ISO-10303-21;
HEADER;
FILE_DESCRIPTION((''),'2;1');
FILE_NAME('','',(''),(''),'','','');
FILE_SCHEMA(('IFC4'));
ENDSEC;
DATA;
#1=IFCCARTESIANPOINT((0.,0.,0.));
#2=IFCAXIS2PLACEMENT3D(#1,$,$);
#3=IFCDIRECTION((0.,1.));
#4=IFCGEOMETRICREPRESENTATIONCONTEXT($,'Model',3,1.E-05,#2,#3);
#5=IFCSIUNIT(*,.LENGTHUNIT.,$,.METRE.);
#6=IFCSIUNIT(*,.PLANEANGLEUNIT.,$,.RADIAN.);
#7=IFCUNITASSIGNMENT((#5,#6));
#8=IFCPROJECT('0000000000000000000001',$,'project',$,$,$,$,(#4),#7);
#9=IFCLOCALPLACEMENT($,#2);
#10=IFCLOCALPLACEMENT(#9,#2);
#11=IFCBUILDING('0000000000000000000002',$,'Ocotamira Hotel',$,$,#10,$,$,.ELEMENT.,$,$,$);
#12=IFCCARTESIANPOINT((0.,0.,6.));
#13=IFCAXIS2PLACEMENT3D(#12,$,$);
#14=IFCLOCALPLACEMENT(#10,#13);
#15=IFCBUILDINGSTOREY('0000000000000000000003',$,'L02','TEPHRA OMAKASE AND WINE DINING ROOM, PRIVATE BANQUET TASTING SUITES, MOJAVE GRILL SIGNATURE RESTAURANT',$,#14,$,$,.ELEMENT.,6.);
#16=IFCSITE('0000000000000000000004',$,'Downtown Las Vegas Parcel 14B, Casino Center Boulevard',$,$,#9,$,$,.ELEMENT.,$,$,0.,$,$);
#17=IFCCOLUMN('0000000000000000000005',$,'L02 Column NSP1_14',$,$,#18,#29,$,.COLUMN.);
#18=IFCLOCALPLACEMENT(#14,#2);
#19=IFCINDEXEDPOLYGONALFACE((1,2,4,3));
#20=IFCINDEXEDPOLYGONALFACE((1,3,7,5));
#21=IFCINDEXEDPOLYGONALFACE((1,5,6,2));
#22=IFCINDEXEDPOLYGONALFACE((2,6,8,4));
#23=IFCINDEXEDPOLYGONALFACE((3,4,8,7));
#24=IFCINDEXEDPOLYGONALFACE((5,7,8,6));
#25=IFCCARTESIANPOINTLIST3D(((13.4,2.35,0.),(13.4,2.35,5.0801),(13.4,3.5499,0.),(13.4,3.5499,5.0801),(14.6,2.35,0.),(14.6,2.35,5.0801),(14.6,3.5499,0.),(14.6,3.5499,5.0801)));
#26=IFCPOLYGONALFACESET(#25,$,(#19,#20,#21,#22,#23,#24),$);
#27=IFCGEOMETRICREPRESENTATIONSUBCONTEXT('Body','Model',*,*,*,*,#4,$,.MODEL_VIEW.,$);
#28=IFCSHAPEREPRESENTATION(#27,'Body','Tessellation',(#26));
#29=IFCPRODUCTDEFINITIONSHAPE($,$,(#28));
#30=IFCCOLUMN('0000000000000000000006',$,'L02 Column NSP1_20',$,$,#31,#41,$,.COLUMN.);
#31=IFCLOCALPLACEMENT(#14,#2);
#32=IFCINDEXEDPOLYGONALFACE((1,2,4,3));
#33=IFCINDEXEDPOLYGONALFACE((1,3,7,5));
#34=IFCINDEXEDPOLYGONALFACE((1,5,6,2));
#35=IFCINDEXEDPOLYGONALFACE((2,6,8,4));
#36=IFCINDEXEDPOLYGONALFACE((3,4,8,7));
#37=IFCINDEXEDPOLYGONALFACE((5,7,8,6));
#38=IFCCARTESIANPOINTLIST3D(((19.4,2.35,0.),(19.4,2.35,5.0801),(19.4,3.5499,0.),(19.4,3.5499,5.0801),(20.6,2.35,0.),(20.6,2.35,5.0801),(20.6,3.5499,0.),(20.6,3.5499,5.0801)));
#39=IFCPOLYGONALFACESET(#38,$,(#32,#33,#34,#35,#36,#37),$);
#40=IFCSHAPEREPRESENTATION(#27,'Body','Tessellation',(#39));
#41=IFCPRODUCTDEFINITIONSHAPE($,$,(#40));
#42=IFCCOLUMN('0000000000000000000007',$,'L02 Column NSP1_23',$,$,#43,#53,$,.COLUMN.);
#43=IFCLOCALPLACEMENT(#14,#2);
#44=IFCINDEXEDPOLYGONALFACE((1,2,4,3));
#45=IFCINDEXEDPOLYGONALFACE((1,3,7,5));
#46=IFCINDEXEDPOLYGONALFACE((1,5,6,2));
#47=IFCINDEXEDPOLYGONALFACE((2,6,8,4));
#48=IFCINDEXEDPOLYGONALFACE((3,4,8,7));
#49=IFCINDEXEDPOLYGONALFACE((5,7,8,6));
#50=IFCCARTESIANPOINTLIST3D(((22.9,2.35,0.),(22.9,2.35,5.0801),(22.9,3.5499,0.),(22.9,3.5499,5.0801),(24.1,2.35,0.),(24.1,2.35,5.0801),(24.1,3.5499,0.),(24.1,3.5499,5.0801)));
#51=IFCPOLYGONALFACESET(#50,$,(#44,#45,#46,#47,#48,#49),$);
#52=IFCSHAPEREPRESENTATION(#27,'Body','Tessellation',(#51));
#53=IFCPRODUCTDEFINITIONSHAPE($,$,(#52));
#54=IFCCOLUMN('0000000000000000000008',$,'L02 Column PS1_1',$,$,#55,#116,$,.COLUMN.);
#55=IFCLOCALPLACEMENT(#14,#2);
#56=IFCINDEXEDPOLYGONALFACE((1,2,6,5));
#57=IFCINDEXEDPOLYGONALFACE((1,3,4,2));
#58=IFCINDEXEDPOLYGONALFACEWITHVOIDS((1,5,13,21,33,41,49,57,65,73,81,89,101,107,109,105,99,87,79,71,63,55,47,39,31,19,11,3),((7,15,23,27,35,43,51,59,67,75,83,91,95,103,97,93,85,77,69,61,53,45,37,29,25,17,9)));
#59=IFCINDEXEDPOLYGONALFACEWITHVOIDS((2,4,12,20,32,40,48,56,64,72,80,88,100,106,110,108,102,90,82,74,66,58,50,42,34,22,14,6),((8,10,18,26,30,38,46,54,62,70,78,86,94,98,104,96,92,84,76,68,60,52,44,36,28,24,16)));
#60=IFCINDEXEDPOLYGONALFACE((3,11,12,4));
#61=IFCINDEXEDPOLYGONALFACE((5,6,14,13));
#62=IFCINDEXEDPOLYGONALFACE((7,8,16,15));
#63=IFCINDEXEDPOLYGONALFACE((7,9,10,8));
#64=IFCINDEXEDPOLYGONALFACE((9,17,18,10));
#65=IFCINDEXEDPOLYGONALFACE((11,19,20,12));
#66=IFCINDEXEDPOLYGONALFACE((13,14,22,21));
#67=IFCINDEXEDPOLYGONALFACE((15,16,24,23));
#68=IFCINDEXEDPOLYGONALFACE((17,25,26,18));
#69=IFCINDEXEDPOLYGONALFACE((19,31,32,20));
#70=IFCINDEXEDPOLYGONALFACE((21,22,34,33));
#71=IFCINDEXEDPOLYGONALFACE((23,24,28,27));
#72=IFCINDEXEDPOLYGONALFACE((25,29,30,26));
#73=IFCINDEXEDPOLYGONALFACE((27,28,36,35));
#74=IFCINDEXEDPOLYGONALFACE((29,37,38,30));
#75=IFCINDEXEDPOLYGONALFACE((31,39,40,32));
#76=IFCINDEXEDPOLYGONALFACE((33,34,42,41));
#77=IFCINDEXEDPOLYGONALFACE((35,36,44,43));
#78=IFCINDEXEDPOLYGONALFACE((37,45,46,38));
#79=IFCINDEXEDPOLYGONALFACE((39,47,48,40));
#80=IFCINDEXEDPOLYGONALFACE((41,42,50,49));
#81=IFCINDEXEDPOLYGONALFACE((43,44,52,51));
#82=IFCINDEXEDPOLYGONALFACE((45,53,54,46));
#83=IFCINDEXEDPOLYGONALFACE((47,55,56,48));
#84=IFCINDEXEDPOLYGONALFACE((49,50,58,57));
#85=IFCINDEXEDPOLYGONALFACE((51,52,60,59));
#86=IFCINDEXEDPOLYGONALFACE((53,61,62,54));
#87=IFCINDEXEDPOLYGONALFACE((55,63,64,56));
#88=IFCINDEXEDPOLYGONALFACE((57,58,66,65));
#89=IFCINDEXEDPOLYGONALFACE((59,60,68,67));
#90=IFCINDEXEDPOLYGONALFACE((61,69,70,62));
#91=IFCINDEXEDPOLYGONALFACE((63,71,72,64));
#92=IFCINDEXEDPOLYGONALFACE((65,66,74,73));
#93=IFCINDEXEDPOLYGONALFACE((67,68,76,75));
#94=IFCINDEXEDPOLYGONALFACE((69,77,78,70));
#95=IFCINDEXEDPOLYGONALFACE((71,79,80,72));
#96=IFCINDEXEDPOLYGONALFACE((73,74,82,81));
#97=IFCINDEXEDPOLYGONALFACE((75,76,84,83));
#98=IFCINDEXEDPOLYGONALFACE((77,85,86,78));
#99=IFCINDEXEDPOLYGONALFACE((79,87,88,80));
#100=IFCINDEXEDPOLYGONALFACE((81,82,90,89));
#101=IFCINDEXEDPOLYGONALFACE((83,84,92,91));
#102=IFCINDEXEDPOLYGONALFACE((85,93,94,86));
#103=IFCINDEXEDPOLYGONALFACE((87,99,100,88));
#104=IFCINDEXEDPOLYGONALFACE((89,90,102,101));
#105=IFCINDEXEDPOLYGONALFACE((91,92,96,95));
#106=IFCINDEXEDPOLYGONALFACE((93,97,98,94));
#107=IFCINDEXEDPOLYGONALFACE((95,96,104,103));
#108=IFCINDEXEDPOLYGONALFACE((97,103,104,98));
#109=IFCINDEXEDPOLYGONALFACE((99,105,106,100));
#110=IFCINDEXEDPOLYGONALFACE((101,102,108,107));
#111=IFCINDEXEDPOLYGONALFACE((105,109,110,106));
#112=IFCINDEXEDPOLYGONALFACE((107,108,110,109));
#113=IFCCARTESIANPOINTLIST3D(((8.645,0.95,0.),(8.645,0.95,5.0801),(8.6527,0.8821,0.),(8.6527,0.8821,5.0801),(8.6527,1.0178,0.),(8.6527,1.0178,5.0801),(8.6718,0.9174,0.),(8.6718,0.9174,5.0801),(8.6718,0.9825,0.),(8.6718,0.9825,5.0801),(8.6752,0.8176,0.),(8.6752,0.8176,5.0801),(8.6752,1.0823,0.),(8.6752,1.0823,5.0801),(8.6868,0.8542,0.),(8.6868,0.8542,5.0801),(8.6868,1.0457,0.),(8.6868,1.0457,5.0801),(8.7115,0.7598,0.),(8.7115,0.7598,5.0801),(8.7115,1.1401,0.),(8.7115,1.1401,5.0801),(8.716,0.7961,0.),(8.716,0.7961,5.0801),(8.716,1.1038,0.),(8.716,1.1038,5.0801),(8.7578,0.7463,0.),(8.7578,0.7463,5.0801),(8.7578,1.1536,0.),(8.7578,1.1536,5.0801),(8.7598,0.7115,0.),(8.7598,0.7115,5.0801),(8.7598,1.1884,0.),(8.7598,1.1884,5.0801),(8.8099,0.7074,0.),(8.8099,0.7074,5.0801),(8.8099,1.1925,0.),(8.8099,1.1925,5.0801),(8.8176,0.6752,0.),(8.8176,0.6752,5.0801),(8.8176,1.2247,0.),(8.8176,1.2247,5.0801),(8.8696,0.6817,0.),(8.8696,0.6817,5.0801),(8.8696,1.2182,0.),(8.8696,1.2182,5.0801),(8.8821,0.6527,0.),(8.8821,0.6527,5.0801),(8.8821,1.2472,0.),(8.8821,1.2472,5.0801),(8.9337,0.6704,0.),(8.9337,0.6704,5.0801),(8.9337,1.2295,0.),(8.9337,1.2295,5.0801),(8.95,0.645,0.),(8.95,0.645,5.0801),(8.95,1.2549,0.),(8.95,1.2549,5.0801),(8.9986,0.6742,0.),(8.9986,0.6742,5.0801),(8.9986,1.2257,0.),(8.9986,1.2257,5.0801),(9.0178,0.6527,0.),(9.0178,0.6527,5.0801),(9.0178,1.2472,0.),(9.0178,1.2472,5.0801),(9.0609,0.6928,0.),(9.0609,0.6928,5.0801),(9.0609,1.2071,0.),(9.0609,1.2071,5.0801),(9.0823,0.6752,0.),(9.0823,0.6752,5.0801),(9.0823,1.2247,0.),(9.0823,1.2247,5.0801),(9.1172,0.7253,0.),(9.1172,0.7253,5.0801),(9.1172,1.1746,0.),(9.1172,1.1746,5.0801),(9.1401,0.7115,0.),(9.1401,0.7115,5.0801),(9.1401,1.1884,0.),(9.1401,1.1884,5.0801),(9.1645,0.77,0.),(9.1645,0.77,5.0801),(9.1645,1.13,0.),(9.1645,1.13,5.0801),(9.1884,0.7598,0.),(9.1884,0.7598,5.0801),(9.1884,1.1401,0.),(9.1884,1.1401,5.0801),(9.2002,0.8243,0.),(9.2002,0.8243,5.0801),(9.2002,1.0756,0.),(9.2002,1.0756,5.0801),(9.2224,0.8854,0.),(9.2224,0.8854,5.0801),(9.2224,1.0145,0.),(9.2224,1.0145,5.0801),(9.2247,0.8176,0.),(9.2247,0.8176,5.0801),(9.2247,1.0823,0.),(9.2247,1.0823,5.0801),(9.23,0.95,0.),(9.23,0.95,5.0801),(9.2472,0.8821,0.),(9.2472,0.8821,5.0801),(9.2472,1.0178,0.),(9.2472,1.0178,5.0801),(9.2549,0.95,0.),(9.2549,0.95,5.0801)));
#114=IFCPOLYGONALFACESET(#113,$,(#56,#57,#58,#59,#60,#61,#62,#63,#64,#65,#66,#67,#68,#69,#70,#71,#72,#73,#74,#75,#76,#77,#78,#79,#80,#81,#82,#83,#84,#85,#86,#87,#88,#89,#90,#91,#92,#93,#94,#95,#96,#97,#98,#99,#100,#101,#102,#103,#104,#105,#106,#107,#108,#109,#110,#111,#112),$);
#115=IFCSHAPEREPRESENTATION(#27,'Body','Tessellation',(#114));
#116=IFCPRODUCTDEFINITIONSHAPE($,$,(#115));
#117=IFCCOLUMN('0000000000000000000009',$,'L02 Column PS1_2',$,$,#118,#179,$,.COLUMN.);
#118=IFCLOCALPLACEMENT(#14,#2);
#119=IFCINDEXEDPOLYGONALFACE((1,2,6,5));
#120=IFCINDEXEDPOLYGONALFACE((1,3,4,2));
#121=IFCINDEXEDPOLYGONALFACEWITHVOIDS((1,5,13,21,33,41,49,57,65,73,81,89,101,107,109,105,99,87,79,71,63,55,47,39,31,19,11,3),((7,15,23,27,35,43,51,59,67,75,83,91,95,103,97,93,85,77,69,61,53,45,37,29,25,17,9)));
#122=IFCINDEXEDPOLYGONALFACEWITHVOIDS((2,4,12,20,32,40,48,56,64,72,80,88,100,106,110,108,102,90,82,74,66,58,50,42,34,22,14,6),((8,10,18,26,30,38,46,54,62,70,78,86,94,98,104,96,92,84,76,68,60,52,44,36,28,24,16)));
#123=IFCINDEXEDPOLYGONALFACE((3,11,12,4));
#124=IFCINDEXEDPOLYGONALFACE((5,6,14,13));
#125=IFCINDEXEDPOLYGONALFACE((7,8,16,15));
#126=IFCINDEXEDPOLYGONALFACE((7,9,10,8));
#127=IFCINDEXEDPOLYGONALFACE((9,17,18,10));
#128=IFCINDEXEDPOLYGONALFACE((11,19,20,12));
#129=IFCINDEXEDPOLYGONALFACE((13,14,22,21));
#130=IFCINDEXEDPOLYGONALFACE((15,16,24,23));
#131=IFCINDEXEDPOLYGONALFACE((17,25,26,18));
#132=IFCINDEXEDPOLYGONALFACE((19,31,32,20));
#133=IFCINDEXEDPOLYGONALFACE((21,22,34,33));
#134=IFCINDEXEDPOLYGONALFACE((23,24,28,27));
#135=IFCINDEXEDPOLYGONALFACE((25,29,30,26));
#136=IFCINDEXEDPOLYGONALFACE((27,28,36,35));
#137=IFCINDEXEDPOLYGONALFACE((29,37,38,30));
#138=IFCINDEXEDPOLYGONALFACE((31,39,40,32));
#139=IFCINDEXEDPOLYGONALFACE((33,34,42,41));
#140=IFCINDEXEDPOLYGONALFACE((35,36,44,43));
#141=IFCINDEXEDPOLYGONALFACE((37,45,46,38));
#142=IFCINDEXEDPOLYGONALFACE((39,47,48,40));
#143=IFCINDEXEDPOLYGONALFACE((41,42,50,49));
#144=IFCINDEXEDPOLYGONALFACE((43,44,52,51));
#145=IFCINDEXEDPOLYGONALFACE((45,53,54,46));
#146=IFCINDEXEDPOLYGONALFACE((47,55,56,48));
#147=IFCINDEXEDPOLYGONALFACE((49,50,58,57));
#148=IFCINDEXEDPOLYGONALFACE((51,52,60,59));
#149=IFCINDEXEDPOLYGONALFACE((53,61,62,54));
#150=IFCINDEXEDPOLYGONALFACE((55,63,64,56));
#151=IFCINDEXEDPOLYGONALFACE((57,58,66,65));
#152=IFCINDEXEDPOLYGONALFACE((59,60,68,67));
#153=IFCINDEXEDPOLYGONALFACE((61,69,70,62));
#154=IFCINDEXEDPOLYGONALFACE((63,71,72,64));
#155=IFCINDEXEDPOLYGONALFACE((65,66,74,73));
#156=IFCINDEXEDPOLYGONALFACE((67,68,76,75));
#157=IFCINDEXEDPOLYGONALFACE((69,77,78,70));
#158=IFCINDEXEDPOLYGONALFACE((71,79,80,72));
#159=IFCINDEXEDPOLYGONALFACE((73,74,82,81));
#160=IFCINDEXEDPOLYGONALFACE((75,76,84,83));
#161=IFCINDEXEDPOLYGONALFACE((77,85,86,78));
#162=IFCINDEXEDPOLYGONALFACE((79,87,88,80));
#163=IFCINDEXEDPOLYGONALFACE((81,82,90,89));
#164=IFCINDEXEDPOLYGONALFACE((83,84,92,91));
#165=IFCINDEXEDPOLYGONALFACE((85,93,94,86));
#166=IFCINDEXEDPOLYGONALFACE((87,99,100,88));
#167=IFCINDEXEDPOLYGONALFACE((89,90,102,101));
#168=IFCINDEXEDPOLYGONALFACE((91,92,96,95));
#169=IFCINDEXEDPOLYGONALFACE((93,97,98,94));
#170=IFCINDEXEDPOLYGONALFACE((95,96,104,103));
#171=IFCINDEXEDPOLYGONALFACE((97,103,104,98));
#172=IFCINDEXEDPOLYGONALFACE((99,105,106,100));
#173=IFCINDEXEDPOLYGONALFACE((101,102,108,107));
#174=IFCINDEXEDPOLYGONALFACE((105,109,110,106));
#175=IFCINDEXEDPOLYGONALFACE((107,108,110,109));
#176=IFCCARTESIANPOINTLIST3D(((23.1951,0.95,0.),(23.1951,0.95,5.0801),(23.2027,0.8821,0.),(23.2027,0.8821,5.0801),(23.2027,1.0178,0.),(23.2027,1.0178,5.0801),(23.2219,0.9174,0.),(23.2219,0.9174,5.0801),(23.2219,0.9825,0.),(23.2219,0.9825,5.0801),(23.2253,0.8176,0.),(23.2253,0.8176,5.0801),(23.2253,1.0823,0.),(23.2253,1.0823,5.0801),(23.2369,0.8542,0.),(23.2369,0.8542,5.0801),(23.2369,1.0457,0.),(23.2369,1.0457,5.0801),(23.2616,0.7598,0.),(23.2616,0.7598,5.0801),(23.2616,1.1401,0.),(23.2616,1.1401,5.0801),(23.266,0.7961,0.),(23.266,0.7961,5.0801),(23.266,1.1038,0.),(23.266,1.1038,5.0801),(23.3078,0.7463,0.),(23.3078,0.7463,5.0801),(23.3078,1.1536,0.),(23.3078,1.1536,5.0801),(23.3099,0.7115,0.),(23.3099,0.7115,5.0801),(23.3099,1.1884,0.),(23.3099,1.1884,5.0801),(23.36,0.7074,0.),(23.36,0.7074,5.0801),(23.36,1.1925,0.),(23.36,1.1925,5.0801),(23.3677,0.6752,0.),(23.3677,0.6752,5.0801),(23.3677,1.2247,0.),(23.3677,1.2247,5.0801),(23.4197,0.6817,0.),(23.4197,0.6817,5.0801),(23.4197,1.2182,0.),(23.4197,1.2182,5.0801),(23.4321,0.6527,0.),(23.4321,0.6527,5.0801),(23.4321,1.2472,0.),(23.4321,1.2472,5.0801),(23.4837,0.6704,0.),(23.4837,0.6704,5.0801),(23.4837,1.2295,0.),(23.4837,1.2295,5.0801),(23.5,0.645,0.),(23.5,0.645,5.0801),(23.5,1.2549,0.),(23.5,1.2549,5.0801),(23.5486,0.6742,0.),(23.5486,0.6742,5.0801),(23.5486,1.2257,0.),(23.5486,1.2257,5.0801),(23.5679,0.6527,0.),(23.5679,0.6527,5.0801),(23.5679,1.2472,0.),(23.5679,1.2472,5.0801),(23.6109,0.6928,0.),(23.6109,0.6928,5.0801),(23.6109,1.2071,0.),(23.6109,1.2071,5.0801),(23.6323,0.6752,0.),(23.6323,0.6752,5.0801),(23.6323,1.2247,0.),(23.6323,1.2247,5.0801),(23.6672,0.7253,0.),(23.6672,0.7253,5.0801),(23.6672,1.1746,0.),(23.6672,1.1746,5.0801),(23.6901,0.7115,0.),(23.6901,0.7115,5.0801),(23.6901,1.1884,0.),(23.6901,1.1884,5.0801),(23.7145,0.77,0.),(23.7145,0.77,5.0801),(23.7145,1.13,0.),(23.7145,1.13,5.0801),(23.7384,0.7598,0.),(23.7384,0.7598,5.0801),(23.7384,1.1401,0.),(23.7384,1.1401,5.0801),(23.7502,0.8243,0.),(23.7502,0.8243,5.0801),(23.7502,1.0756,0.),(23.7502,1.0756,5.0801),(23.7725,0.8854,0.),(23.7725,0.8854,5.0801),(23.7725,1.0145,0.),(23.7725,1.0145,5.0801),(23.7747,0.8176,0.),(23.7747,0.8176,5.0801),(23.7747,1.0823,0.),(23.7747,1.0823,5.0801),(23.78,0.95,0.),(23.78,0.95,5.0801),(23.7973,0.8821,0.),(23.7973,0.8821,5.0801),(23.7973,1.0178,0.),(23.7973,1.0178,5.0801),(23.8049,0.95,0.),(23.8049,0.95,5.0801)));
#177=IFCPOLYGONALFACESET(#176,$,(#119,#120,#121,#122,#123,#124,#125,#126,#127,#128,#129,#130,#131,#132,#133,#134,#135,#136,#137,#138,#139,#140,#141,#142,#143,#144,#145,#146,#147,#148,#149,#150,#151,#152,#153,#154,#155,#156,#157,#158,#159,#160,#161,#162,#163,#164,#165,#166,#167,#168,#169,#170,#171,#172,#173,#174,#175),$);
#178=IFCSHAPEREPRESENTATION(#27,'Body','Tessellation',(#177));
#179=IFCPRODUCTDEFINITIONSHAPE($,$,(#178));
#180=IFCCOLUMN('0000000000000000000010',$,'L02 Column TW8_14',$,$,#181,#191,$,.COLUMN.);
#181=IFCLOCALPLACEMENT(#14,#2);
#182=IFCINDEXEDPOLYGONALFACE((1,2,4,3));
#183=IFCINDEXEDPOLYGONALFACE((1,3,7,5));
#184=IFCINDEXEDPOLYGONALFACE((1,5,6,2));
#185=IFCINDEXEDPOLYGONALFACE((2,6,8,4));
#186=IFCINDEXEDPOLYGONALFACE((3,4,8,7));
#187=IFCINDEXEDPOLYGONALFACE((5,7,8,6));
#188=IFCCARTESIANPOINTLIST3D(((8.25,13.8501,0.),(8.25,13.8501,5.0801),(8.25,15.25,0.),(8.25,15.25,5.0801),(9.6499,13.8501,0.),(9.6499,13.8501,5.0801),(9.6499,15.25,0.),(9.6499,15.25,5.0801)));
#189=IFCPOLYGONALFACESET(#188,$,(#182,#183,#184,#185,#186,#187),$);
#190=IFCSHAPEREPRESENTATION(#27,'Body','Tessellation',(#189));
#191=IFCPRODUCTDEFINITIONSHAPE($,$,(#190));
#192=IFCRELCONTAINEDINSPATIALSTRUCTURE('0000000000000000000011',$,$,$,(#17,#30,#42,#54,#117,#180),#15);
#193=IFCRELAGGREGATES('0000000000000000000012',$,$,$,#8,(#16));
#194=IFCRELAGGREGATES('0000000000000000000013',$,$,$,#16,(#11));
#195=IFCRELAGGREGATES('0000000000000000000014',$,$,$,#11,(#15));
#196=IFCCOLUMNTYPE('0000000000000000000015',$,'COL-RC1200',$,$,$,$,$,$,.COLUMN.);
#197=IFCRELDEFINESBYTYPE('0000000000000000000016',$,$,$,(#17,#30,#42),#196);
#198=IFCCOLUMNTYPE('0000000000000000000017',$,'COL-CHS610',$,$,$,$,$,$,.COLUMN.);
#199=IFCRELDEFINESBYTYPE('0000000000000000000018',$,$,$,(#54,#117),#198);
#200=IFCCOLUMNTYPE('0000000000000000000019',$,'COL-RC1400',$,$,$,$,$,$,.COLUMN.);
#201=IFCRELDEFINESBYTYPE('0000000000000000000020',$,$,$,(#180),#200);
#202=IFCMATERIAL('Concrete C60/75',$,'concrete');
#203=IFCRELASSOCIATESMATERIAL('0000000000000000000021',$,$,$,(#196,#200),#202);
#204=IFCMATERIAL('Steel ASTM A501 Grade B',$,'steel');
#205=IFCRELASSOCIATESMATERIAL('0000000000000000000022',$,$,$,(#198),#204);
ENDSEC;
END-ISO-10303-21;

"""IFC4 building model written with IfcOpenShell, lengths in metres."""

from ifc_helpers import new_model, si_unit, direction, frame, origin, origin_2d, place, context, subcontext, project, spatial, rectangle, hollow_circle, extrude, source, transform, mapped, material, material_profile, profile_set, type_object, element, save


model = new_model("IFC4")

# Units and contexts
model_context = context("Model", 3, precision=1e-05, world=origin(), true_north=direction((0.0, 1.0)))
body_context = subcontext(model_context, "Body", "Model", "MODEL_VIEW")
ifc_project = project(units=[si_unit("LENGTHUNIT", "METRE"), si_unit("PLANEANGLEUNIT", "RADIAN")], contexts=[model_context])

# Site, building, storey
site_placement = place(None, origin())
site = spatial("IfcSite", under=ifc_project, at=site_placement, Name="Downtown Las Vegas Parcel 14B, Casino Center Boulevard", CompositionType="ELEMENT", RefElevation=0.0)
building_placement = place(site_placement, origin())
building = spatial("IfcBuilding", under=site, at=building_placement, Name="Ocotamira Hotel", CompositionType="ELEMENT")
storey_placement = place(building_placement, frame((0.0, 0.0, 6.0)))
storey = spatial("IfcBuildingStorey", under=building, at=storey_placement, Name="L02", Description="TEPHRA OMAKASE AND WINE DINING ROOM, PRIVATE BANQUET TASTING SUITES, MOJAVE GRILL SIGNATURE RESTAURANT", CompositionType="ELEMENT", Elevation=6.0)

# Columns
ifc_material_1 = material(Name="Concrete C60/75", Category="concrete")
ifc_material_profile_1 = material_profile(ifc_material_1, rectangle(XDim=1.2, YDim=1.2, at=origin_2d()), Name="RC1200X1200")
ifc_profile_set_1 = profile_set([ifc_material_profile_1], Name="Concrete C60/75")
column_type_1 = type_object("IfcColumnType", Name="COL-RC1200", PredefinedType="COLUMN", material=ifc_profile_set_1)
shared_shape_1 = source(origin(), body_context, "Body", "SweptSolid", [
    extrude(rectangle(XDim=1.2, YDim=1.2, at=origin_2d()), origin(), (0.0, 0.0, 1.0), 5.0801),
])
for number, where, z_axis, x_axis, name in (
    (1, (14.0, 2.95, 0.0), (0.0, 0.0, 1.0), (1.0, 0.0, 0.0), "L02 Column NSP1_14"),
    (2, (20.0, 2.95, 0.0), (0.0, 0.0, 1.0), (1.0, 0.0, 0.0), "L02 Column NSP1_20"),
    (3, (23.5, 2.95, 0.0), (0.0, 0.0, 1.0), (1.0, 0.0, 0.0), "L02 Column NSP1_23"),
):
    element("IfcColumn", number, at=place(storey_placement, frame(where, z_axis=z_axis, x_axis=x_axis)), inside=storey, type_object=column_type_1, Name=name, PredefinedType="COLUMN", context=body_context, shape_type="MappedRepresentation", body=[
        mapped(shared_shape_1, transform((0.0, 0.0, 0.0), scale=1.0)),
    ])
ifc_material_2 = material(Name="Steel ASTM A501 Grade B", Category="steel")
ifc_material_profile_2 = material_profile(ifc_material_2, hollow_circle(Radius=0.3049, WallThickness=0.0249, at=origin_2d()), Name="CHS610X25")
ifc_profile_set_2 = profile_set([ifc_material_profile_2], Name="Steel ASTM A501 Grade B")
column_type_2 = type_object("IfcColumnType", Name="COL-CHS610", PredefinedType="COLUMN", material=ifc_profile_set_2)
shared_shape_2 = source(origin(), body_context, "Body", "SweptSolid", [
    extrude(hollow_circle(Radius=0.3049, WallThickness=0.0249, at=origin_2d()), origin(), (0.0, 0.0, 1.0), 5.0801),
])
for number, where, z_axis, x_axis, name in (
    (4, (8.95, 0.95, 0.0), (0.0, 0.0, 1.0), (1.0, 0.0, 0.0), "L02 Column PS1_1"),
    (5, (23.5, 0.95, 0.0), (0.0, 0.0, 1.0), (1.0, 0.0, 0.0), "L02 Column PS1_2"),
):
    element("IfcColumn", number, at=place(storey_placement, frame(where, z_axis=z_axis, x_axis=x_axis)), inside=storey, type_object=column_type_2, Name=name, PredefinedType="COLUMN", context=body_context, shape_type="MappedRepresentation", body=[
        mapped(shared_shape_2, transform((0.0, 0.0, 0.0), scale=1.0)),
    ])
ifc_material_profile_3 = material_profile(ifc_material_1, rectangle(XDim=1.3999, YDim=1.3999, at=origin_2d()), Name="RC1400X1400")
ifc_profile_set_3 = profile_set([ifc_material_profile_3], Name="Concrete C60/75")
column_type_3 = type_object("IfcColumnType", Name="COL-RC1400", PredefinedType="COLUMN", material=ifc_profile_set_3)
shared_shape_3 = source(origin(), body_context, "Body", "SweptSolid", [
    extrude(rectangle(XDim=1.3999, YDim=1.3999, at=origin_2d()), origin(), (0.0, 0.0, 1.0), 5.0801),
])
column_placement = place(storey_placement, frame((8.95, 14.55, 0.0), z_axis=(0.0, 0.0, 1.0), x_axis=(1.0, 0.0, 0.0)))
element("IfcColumn", 6, at=column_placement, inside=storey, type_object=column_type_3, Name="L02 Column TW8_14", PredefinedType="COLUMN", context=body_context, shape_type="MappedRepresentation", body=[
    mapped(shared_shape_3, transform((0.0, 0.0, 0.0), scale=1.0)),
])

save(model, "model.ifc")
